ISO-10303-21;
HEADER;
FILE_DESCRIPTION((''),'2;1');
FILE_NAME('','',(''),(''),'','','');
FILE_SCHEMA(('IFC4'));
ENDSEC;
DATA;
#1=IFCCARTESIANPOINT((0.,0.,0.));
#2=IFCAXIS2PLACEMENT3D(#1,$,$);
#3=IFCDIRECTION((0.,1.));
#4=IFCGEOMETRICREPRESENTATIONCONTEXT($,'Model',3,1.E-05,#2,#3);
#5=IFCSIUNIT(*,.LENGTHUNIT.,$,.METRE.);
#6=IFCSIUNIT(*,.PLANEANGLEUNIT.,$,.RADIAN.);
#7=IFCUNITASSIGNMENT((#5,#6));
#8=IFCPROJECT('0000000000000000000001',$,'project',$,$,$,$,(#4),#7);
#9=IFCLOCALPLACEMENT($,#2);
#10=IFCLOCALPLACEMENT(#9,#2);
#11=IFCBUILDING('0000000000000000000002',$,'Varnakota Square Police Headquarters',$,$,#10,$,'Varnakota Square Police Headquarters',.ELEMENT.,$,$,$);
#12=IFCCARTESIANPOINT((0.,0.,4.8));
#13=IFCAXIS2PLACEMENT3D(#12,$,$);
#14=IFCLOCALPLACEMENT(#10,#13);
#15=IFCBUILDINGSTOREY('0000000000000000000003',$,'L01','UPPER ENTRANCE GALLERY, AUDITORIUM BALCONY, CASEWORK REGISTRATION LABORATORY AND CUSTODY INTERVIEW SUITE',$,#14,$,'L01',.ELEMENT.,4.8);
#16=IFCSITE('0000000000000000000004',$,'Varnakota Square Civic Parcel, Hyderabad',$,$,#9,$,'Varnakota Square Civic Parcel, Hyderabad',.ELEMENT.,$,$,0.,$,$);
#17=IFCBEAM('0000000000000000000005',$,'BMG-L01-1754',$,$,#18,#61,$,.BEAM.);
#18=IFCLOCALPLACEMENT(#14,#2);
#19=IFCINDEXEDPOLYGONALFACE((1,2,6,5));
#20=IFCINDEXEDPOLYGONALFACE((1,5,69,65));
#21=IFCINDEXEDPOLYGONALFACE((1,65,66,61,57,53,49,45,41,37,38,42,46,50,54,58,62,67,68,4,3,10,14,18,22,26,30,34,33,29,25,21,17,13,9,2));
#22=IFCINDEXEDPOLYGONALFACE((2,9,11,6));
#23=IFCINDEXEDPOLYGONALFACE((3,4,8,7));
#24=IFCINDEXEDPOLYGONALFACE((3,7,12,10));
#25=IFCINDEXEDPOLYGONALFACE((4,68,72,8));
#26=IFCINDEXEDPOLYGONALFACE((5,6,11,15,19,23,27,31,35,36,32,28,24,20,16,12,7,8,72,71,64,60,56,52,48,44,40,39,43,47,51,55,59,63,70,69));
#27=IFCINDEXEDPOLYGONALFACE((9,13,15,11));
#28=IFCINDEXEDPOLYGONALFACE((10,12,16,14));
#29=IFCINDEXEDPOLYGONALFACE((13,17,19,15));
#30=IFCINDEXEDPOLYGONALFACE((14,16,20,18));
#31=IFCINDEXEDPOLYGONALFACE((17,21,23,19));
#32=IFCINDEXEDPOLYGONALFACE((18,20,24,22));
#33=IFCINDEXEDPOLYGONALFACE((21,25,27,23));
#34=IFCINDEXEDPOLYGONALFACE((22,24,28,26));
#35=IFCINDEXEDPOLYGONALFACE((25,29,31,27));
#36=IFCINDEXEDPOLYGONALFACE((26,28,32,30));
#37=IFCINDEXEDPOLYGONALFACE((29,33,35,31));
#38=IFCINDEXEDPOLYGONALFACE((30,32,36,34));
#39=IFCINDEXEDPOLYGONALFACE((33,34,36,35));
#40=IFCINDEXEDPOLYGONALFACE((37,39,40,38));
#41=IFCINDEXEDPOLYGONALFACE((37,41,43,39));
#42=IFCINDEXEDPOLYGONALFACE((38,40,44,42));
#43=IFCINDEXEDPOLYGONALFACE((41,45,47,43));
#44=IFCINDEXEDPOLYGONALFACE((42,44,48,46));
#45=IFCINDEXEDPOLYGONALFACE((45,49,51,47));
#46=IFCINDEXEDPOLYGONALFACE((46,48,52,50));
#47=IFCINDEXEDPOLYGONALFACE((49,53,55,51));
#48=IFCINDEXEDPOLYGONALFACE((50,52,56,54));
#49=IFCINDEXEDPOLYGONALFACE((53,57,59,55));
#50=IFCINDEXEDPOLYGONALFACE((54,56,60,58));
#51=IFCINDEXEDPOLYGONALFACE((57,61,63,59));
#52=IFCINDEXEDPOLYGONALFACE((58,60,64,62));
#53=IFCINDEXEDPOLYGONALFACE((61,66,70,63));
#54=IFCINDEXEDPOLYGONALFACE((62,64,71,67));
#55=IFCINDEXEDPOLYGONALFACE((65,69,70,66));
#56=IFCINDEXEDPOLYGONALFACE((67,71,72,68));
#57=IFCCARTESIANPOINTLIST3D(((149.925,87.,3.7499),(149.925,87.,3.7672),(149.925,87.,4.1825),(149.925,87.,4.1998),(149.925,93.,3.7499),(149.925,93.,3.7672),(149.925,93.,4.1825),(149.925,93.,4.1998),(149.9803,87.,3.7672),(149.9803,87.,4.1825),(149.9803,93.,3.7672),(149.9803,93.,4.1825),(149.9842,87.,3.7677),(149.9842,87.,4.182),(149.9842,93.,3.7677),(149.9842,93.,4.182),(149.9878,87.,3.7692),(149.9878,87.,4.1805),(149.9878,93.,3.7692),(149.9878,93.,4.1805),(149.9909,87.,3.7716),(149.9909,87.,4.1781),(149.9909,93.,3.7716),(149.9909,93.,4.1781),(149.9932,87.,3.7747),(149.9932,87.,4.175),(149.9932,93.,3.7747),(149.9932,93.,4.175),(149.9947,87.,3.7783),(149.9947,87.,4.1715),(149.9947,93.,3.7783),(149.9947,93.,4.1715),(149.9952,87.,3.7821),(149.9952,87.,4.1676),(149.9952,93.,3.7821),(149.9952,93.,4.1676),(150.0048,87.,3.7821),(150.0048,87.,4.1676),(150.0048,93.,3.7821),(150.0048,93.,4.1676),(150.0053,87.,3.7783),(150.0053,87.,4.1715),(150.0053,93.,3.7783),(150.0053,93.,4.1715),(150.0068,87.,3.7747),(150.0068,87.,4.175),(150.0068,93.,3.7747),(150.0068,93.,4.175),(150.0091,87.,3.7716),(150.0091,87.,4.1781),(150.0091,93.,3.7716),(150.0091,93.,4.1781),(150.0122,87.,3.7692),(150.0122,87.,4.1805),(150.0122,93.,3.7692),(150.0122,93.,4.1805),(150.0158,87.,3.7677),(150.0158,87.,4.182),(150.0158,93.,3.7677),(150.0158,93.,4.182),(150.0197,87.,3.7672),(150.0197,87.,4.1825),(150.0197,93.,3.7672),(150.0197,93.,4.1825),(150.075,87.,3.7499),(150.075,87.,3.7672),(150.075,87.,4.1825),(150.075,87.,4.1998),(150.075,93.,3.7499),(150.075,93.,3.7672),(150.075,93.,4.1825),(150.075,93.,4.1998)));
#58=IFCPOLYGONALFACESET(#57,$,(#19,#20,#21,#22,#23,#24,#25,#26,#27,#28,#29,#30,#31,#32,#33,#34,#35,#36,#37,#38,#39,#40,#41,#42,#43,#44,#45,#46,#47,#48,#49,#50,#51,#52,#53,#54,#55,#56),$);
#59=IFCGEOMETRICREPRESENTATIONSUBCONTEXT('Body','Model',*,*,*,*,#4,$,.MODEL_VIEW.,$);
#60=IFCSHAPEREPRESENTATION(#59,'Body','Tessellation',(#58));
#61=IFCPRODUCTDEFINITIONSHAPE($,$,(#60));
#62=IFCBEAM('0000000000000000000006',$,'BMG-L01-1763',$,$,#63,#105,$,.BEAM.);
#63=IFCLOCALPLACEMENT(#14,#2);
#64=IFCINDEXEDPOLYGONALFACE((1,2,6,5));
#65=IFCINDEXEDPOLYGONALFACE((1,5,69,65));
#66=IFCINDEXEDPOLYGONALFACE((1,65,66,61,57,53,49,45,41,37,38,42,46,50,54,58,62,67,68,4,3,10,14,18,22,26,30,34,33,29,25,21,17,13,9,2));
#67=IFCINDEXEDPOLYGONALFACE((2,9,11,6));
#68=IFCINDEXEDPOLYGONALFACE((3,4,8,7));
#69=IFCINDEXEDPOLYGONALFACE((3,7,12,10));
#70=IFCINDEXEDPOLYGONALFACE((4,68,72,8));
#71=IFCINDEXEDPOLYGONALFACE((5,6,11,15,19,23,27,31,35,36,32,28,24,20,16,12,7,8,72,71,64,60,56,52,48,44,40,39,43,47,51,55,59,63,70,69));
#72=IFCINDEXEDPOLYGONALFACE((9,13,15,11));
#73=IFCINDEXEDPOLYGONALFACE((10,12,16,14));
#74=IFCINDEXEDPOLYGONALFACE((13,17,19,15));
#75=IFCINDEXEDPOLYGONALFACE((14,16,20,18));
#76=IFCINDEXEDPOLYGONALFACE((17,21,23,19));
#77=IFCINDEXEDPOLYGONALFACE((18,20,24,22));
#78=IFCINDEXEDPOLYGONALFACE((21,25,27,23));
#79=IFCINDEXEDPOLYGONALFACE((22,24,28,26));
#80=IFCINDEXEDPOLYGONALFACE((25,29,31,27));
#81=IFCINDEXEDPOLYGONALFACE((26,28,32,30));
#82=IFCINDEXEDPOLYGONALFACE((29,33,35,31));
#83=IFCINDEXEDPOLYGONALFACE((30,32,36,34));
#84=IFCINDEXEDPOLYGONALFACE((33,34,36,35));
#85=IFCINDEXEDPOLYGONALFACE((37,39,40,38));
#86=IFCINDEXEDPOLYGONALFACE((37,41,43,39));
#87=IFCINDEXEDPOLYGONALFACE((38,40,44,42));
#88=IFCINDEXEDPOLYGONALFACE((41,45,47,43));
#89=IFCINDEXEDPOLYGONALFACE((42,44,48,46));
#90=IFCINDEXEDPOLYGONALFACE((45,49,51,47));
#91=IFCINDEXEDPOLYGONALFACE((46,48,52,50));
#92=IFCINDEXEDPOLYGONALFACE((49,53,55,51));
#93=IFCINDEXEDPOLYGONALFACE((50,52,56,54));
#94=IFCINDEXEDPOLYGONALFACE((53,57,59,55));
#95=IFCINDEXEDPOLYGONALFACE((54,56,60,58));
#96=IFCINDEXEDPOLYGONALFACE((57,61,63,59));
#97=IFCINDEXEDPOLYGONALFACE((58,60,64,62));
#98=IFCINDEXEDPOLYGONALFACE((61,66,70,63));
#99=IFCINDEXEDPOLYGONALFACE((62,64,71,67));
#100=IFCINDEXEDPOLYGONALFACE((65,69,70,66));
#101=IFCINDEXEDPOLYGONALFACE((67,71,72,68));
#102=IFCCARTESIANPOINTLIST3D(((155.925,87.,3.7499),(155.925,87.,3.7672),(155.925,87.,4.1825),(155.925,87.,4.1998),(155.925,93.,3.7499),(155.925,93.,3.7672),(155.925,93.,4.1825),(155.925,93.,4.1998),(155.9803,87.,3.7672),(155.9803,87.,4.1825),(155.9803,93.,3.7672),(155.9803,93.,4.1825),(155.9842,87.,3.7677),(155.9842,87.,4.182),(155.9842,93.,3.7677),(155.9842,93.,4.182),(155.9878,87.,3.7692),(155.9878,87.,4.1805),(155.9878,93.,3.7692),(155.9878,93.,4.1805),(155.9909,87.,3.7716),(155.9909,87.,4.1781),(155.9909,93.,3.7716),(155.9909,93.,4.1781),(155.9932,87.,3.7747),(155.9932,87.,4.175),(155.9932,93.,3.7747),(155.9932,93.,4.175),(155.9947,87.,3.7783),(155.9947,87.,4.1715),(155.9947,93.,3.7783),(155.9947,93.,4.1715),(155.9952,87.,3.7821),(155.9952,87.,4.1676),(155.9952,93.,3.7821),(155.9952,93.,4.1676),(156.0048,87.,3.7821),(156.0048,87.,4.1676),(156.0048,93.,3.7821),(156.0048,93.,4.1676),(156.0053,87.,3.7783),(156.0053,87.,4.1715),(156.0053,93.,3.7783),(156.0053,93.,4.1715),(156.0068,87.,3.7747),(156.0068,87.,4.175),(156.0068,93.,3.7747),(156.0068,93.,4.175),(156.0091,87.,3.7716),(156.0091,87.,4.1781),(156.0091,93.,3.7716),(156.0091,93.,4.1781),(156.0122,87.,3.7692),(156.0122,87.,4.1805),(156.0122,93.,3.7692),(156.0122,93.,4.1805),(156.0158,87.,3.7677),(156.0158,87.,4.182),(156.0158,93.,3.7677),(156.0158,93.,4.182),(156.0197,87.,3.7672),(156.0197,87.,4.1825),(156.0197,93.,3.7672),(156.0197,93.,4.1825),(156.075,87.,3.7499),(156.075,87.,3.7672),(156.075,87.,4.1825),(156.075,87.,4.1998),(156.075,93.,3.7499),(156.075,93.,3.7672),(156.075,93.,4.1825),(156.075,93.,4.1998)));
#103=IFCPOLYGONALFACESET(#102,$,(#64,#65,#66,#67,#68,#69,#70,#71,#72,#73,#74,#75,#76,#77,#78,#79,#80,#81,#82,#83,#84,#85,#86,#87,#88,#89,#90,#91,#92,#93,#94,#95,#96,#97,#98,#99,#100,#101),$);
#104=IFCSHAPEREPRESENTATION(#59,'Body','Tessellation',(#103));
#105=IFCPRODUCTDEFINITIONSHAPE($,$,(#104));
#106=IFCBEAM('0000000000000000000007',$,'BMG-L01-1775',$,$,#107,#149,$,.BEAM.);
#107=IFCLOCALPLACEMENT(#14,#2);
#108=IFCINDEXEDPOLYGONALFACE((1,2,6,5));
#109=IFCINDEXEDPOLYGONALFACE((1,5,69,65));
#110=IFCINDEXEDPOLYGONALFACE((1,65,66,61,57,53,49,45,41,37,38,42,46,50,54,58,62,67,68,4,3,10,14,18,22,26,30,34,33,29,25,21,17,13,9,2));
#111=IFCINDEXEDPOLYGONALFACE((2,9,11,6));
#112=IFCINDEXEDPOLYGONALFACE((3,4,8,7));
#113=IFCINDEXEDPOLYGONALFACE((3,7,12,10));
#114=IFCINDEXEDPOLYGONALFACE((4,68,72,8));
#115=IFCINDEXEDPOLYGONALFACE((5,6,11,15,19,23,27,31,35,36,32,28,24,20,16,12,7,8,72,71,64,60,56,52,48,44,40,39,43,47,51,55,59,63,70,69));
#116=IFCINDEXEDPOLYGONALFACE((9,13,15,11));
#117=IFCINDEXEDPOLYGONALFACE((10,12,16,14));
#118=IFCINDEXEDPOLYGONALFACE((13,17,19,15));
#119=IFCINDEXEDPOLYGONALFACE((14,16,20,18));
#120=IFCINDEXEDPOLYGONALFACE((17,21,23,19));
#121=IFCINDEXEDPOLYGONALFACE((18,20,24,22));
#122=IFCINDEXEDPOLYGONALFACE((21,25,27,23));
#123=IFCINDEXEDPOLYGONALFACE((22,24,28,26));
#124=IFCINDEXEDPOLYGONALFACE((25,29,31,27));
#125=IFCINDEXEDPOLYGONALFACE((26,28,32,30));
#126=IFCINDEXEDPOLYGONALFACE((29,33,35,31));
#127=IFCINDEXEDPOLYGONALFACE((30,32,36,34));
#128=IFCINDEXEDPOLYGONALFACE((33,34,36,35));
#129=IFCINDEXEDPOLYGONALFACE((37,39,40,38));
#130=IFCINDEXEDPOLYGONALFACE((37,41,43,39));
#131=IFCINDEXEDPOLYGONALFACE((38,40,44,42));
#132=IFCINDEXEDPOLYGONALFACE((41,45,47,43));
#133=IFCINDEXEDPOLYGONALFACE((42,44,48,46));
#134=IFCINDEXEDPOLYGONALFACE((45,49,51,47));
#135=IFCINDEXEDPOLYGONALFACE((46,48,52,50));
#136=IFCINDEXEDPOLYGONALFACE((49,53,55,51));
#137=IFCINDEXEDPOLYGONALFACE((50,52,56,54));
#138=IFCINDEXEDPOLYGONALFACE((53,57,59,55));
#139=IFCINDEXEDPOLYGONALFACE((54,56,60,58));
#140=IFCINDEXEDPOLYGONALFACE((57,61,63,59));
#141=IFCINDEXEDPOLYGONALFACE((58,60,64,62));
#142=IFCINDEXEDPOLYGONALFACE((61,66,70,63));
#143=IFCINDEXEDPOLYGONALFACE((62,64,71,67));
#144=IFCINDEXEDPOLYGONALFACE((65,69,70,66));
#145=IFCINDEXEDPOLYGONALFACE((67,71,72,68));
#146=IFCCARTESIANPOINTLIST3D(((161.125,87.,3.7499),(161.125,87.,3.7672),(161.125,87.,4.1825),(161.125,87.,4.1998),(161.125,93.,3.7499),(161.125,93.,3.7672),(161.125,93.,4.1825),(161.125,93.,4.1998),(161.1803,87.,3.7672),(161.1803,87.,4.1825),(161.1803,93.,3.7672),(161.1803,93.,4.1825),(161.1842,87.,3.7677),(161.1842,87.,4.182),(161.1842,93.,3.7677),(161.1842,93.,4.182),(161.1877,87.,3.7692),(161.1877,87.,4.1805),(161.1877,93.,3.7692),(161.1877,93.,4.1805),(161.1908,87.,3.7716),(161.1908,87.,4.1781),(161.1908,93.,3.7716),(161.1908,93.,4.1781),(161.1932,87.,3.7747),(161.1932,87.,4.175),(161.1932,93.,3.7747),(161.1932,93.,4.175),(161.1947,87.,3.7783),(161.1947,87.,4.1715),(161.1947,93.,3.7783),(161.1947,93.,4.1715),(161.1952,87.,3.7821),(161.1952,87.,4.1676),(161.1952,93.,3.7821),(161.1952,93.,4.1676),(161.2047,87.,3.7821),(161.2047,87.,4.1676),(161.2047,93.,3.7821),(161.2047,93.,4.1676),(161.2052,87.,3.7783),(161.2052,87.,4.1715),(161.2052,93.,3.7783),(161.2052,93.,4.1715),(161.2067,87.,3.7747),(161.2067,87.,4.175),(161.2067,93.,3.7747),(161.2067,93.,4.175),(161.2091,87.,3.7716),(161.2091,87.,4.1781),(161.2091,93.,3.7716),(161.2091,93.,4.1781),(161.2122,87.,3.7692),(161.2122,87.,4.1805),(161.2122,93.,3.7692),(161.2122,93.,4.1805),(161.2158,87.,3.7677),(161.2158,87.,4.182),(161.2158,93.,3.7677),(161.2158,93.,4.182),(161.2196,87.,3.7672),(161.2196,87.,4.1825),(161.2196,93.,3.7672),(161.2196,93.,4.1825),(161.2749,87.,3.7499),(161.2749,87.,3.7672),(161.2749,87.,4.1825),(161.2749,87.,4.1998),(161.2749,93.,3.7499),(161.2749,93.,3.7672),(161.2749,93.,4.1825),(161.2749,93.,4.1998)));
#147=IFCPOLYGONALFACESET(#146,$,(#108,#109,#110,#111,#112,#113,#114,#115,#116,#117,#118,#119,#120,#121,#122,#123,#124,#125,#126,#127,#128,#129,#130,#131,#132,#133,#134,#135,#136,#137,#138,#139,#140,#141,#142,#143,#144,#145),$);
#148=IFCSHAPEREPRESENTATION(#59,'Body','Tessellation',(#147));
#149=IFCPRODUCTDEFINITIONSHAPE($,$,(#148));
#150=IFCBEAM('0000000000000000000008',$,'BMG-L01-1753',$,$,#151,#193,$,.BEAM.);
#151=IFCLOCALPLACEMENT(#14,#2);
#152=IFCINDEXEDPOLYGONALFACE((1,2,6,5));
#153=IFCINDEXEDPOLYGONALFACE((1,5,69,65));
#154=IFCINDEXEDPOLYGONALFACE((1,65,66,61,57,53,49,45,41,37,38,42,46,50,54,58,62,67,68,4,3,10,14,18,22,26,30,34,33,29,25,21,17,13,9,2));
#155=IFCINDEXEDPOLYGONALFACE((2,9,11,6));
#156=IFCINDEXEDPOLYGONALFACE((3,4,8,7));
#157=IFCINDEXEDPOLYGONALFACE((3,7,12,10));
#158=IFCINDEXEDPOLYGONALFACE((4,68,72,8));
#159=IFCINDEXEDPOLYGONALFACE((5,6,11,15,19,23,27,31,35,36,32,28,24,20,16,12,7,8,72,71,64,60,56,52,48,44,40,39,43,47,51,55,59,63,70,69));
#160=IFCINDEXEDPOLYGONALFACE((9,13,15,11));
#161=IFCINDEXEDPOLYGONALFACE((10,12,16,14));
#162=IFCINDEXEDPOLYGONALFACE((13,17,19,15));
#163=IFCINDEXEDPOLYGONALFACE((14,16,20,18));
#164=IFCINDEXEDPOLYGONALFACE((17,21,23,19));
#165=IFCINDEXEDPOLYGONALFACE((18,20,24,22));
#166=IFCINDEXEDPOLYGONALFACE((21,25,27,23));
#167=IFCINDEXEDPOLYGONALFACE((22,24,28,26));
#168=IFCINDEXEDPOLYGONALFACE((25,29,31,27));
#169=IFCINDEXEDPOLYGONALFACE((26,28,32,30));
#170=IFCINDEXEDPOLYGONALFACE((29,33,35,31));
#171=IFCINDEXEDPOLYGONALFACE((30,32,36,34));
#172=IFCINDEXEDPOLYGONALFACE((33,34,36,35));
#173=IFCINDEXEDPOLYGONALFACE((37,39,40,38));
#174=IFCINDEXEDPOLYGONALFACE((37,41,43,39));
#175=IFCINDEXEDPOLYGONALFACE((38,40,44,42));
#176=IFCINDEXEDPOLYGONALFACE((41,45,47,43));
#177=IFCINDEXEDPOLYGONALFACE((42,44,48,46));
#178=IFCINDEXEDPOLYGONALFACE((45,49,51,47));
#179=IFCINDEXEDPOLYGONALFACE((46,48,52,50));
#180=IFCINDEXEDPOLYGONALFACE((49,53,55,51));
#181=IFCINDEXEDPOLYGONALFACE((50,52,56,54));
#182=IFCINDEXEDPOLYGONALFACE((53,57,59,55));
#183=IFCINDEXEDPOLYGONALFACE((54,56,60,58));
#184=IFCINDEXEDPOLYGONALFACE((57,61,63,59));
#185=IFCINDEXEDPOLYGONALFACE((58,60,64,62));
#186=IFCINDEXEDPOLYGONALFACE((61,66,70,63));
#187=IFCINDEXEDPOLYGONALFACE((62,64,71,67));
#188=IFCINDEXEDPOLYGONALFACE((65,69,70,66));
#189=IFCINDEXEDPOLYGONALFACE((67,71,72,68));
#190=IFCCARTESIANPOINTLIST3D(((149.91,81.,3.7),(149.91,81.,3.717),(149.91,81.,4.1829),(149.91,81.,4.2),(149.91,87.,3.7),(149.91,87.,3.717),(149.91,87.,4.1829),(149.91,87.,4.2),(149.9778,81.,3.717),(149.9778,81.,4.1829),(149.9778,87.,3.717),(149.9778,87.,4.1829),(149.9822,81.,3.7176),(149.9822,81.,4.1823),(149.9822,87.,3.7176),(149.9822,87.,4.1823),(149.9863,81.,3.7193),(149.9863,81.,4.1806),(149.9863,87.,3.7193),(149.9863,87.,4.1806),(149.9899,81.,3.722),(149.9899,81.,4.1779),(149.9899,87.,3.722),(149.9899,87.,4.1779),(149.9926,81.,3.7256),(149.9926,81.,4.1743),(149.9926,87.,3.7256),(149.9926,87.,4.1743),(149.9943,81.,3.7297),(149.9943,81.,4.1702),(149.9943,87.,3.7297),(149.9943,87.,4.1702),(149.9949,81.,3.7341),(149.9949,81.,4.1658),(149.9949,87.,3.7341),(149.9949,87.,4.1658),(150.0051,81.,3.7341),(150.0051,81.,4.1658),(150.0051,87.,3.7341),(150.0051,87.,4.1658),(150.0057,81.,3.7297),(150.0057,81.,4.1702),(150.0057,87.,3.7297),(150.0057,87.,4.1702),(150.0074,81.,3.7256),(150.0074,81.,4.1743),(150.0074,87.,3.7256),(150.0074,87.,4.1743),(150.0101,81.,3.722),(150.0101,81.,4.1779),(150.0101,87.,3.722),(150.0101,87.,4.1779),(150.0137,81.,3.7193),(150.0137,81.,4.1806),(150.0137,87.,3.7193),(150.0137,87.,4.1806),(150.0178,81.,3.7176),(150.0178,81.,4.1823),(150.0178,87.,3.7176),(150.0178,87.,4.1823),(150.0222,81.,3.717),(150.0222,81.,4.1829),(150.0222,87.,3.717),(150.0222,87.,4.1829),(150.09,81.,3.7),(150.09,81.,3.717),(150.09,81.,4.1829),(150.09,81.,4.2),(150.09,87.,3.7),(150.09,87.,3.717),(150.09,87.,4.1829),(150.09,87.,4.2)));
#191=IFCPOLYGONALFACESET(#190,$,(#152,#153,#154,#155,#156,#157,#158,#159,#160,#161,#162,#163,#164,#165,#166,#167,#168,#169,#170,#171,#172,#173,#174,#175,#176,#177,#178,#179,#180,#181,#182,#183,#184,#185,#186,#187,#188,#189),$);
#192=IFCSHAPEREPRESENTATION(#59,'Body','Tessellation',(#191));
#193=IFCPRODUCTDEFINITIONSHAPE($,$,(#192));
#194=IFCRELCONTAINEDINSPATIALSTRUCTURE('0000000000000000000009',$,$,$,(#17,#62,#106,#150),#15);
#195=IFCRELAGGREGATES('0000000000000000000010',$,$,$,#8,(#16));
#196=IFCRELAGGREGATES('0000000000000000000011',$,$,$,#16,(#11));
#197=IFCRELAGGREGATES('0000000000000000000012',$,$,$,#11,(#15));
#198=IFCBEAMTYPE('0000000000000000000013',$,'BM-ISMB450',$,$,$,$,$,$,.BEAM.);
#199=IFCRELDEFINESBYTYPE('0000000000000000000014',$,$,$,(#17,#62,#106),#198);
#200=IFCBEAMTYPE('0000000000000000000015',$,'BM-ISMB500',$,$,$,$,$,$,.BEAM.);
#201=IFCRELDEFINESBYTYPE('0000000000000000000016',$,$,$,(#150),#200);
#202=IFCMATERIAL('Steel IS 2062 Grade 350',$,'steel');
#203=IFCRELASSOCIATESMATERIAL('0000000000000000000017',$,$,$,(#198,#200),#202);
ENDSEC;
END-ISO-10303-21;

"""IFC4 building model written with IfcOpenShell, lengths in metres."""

from ifc_helpers import new_model, si_unit, direction, frame, origin, origin_2d, place, context, subcontext, project, spatial, i_section, extrude, material, material_profile, profile_set, type_object, element, save


model = new_model("IFC4")

# Units and contexts
model_context = context("Model", 3, precision=1e-05, world=origin(), true_north=direction((0.0, 1.0)))
body_context = subcontext(model_context, "Body", "Model", "MODEL_VIEW")
ifc_project = project(units=[si_unit("LENGTHUNIT", "METRE"), si_unit("PLANEANGLEUNIT", "RADIAN")], contexts=[model_context])

# Site, building, storey
site_placement = place(None, origin())
site = spatial("IfcSite", under=ifc_project, at=site_placement, Name="Varnakota Square Civic Parcel, Hyderabad", LongName="Varnakota Square Civic Parcel, Hyderabad", CompositionType="ELEMENT", RefElevation=0.0)
building_placement = place(site_placement, origin())
building = spatial("IfcBuilding", under=site, at=building_placement, Name="Varnakota Square Police Headquarters", LongName="Varnakota Square Police Headquarters", CompositionType="ELEMENT")
storey_placement = place(building_placement, frame((0.0, 0.0, 4.8)))
storey = spatial("IfcBuildingStorey", under=building, at=storey_placement, Name="L01", Description="UPPER ENTRANCE GALLERY, AUDITORIUM BALCONY, CASEWORK REGISTRATION LABORATORY AND CUSTODY INTERVIEW SUITE", LongName="L01", CompositionType="ELEMENT", Elevation=4.8)

# Shared definitions
ifc_material_1 = material(Name="Steel IS 2062 Grade 350", Category="steel")

# Beams
ifc_material_profile_1 = material_profile(ifc_material_1, i_section(OverallWidth=0.1499, OverallDepth=0.45, WebThickness=0.0095, FlangeThickness=0.0173, FilletRadius=0.0149, at=origin_2d()), Name="ISMB 450")
ifc_profile_set_1 = profile_set([ifc_material_profile_1], Name="Steel IS 2062 Grade 350")
beam_type_1 = type_object("IfcBeamType", Name="BM-ISMB450", PredefinedType="BEAM", material=ifc_profile_set_1)
for number, where, z_axis, x_axis, name in (
    (1, (150.0, 87.0, 3.9749), (0.0, 1.0, 0.0), (-1.0, 0.0, 0.0), "BMG-L01-1754"),
    (2, (156.0, 87.0, 3.9749), (0.0, 1.0, 0.0), (-1.0, 0.0, 0.0), "BMG-L01-1763"),
    (3, (161.2, 87.0, 3.9749), (0.0, 1.0, 0.0), (-1.0, 0.0, 0.0), "BMG-L01-1775"),
):
    element("IfcBeam", number, at=place(storey_placement, frame(where, z_axis=z_axis, x_axis=x_axis)), inside=storey, type_object=beam_type_1, Name=name, PredefinedType="BEAM", context=body_context, shape_type="SweptSolid", body=[
        extrude(i_section(OverallWidth=0.1499, OverallDepth=0.45, WebThickness=0.0095, FlangeThickness=0.0173, FilletRadius=0.0149, at=origin_2d()), origin(), (0.0, 0.0, 1.0), 6.0),
    ])
ifc_material_profile_2 = material_profile(ifc_material_1, i_section(OverallWidth=0.1799, OverallDepth=0.5, WebThickness=0.0103, FlangeThickness=0.0171, FilletRadius=0.0171, at=origin_2d()), Name="ISMB 500")
ifc_profile_set_2 = profile_set([ifc_material_profile_2], Name="Steel IS 2062 Grade 350")
beam_type_2 = type_object("IfcBeamType", Name="BM-ISMB500", PredefinedType="BEAM", material=ifc_profile_set_2)
for number, where, z_axis, x_axis, name in (
    (4, (150.0, 81.0, 3.95), (0.0, 1.0, 0.0), (-1.0, 0.0, 0.0), "BMG-L01-1753"),
):
    element("IfcBeam", number, at=place(storey_placement, frame(where, z_axis=z_axis, x_axis=x_axis)), inside=storey, type_object=beam_type_2, Name=name, PredefinedType="BEAM", context=body_context, shape_type="SweptSolid", body=[
        extrude(i_section(OverallWidth=0.1799, OverallDepth=0.5, WebThickness=0.0103, FlangeThickness=0.0171, FilletRadius=0.0171, at=origin_2d()), origin(), (0.0, 0.0, 1.0), 6.0),
    ])

save(model, "model.ifc")
